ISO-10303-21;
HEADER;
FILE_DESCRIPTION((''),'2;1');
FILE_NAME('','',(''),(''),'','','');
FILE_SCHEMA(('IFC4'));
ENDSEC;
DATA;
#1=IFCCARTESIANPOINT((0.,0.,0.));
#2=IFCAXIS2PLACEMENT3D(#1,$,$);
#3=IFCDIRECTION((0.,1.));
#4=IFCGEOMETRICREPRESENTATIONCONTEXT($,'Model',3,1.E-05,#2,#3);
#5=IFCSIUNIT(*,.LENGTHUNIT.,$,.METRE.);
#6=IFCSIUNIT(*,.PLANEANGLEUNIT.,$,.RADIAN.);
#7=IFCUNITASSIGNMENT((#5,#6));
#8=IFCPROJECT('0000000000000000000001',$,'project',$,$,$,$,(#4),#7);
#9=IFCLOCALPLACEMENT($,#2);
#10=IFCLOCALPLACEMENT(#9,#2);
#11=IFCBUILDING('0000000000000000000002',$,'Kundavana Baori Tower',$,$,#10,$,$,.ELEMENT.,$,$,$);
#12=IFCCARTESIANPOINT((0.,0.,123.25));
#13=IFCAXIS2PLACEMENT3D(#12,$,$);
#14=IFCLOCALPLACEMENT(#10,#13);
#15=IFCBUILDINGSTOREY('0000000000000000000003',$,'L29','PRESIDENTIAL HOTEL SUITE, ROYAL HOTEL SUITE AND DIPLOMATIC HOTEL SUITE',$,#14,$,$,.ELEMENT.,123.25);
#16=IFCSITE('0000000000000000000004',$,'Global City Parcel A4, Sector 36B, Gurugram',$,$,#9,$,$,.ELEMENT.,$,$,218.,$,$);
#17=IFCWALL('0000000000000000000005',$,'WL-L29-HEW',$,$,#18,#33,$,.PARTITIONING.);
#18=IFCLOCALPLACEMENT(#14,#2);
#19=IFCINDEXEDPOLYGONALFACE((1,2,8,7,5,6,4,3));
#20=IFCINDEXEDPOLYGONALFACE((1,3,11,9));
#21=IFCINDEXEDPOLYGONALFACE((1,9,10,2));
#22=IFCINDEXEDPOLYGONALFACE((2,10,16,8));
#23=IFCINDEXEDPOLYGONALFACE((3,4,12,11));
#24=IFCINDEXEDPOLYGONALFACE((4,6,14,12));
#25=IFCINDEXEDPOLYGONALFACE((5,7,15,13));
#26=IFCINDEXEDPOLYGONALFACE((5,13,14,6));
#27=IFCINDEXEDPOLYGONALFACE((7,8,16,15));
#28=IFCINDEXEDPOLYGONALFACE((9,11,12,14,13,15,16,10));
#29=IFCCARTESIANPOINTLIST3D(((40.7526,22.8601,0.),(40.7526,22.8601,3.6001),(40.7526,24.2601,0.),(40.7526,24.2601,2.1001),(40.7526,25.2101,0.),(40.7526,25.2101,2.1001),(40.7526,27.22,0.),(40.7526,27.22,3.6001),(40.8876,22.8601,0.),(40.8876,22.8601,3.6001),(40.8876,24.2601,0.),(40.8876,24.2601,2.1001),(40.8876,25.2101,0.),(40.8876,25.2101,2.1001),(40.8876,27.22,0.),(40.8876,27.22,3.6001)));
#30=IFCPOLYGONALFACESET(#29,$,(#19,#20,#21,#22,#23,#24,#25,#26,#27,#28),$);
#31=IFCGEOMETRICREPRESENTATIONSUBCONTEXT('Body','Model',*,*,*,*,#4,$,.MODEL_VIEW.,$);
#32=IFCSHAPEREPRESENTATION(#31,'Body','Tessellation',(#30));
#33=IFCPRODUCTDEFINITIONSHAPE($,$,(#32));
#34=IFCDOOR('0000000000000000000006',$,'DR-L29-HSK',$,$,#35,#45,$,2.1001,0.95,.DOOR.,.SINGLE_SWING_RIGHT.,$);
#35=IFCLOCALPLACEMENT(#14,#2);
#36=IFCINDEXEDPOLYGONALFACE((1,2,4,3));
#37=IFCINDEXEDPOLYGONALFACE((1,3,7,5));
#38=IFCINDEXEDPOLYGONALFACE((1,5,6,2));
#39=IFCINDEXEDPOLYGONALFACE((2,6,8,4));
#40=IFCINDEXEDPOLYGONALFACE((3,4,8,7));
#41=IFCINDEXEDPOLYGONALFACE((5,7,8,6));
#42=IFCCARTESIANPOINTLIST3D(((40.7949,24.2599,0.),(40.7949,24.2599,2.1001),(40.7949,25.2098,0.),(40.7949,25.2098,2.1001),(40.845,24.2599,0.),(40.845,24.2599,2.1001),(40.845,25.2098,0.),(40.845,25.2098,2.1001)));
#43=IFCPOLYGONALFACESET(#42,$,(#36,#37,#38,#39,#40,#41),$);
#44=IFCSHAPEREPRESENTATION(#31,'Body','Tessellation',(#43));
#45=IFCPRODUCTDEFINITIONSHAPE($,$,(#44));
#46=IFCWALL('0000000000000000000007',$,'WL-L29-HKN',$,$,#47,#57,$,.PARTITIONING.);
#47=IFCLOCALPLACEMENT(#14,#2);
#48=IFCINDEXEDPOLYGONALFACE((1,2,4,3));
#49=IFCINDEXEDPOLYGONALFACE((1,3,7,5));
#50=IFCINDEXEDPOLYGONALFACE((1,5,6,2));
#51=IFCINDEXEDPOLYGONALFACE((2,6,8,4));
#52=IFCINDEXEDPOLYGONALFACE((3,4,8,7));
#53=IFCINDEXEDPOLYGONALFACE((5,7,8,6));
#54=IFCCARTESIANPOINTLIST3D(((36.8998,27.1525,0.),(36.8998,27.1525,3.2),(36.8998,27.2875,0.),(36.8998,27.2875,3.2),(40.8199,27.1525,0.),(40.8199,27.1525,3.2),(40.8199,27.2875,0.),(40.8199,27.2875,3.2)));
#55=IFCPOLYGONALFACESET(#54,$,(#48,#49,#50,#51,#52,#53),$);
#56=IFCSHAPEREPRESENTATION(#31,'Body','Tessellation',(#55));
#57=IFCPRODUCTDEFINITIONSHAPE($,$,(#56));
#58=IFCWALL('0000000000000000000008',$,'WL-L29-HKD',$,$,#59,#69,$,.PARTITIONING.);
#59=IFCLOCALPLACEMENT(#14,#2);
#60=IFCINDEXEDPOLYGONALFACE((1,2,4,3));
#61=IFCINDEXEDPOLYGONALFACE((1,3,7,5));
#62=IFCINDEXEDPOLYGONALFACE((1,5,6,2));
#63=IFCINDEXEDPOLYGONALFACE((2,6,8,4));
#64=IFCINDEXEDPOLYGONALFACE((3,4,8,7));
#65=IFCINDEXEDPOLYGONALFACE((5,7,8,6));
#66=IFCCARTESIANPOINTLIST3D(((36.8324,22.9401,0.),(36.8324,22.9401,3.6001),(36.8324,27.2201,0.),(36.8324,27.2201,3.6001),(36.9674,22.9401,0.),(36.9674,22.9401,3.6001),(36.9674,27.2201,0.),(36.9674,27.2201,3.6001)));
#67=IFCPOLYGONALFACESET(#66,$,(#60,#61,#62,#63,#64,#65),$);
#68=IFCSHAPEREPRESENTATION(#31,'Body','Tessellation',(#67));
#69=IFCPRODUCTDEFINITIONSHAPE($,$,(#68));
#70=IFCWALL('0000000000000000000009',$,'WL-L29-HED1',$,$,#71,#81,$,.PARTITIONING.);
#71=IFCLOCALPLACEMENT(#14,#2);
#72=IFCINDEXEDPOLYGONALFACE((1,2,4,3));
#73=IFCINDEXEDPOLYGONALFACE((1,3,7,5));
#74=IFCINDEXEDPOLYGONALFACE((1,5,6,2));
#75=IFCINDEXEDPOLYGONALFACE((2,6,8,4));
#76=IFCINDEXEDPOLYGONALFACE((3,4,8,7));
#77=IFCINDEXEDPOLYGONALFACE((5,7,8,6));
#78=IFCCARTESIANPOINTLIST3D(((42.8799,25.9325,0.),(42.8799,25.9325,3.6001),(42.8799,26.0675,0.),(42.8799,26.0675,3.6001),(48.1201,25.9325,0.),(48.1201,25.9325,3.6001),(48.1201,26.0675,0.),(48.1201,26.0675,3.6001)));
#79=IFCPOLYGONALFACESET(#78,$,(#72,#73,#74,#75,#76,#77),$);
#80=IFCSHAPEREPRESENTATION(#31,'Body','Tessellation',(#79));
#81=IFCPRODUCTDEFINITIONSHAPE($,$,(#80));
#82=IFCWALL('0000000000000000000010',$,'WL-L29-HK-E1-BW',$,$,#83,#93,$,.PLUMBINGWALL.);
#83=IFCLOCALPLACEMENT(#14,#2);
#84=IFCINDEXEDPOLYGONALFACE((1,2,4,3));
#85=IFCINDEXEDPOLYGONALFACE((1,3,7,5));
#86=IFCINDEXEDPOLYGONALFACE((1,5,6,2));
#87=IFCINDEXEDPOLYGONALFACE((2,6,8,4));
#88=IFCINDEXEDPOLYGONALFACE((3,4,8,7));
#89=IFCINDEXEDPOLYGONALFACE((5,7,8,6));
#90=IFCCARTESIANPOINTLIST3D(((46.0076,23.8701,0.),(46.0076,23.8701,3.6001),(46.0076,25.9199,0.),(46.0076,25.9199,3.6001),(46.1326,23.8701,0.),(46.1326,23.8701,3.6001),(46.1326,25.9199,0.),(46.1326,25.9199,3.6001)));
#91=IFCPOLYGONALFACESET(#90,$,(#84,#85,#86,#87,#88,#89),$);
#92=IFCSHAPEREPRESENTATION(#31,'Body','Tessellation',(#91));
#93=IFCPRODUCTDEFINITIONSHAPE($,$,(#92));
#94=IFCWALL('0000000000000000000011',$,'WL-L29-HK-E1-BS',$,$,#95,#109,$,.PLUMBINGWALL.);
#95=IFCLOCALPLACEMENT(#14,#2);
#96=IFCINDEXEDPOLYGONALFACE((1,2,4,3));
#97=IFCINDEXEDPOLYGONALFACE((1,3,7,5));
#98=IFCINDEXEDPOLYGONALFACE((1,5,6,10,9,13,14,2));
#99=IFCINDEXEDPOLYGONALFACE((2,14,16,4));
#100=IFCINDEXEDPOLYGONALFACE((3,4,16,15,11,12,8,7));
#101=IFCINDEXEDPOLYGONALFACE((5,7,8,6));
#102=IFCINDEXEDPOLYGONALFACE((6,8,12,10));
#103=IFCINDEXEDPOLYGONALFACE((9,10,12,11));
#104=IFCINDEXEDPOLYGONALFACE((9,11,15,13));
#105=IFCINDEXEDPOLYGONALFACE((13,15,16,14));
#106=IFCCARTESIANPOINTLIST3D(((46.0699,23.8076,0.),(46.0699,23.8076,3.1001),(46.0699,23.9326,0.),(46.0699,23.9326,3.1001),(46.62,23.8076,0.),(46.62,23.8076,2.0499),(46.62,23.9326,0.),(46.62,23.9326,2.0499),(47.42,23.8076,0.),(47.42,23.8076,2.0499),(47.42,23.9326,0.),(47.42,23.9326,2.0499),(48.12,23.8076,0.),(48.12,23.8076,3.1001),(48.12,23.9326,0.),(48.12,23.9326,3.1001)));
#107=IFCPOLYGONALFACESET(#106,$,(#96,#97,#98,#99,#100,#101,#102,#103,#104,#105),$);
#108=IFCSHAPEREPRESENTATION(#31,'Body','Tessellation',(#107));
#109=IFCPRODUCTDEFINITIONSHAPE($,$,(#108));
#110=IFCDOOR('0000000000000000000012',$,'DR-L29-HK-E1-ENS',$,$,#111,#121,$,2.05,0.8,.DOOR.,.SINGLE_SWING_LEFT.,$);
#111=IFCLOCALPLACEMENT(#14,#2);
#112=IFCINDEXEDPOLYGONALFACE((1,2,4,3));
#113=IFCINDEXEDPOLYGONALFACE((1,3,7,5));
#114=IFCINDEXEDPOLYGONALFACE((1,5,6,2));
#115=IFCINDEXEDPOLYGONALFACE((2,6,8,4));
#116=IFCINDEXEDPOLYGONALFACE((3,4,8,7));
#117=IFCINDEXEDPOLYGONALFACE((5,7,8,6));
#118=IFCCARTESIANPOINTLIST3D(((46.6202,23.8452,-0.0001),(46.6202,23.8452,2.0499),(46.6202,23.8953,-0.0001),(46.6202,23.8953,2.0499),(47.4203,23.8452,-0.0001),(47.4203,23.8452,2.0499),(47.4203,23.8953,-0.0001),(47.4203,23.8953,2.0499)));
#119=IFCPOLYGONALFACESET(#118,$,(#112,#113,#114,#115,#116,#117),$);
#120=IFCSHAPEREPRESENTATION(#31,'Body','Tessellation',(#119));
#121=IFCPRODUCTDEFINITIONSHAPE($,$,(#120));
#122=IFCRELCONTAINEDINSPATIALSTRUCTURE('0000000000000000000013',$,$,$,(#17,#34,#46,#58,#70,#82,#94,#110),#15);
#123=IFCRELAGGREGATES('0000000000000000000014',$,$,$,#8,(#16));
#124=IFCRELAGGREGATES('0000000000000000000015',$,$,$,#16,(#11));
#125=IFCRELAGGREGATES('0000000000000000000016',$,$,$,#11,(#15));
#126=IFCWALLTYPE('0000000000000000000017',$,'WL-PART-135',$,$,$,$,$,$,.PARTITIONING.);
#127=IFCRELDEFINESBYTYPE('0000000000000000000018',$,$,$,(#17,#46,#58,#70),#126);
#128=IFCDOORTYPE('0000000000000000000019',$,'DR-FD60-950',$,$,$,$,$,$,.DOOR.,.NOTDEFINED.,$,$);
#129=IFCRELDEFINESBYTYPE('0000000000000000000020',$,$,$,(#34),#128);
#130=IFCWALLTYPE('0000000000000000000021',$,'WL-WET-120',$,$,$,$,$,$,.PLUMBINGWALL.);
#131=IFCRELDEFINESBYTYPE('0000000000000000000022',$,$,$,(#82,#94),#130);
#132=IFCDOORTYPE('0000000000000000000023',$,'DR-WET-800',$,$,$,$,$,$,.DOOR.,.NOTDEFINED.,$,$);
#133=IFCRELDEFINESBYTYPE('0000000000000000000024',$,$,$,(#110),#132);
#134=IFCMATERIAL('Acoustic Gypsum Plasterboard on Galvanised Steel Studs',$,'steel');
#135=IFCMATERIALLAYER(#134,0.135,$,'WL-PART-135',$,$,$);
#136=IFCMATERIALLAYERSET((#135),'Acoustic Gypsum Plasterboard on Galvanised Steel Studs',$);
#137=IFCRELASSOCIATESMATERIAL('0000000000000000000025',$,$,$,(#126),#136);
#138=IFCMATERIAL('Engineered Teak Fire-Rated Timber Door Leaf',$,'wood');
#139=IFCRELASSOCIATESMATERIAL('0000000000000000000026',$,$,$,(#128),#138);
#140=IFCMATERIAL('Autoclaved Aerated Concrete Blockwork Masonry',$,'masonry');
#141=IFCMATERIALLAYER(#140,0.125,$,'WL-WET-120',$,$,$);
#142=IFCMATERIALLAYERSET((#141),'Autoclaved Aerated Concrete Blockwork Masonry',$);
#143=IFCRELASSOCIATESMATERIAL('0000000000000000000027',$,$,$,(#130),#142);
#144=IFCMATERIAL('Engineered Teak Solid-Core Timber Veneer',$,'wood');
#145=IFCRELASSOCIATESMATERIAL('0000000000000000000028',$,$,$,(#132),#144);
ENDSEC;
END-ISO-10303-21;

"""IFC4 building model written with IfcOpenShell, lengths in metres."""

from ifc_helpers import new_model, si_unit, direction, frame, frame_2d, origin, place, context, subcontext, project, spatial, rectangle, extrude, material, layer, layer_set, type_object, element, fill, save


model = new_model("IFC4")

# Units and contexts
model_context = context("Model", 3, precision=1e-05, world=origin(), true_north=direction((0.0, 1.0)))
body_context = subcontext(model_context, "Body", "Model", "MODEL_VIEW")
ifc_project = project(units=[si_unit("LENGTHUNIT", "METRE"), si_unit("PLANEANGLEUNIT", "RADIAN")], contexts=[model_context])

# Site, building, storey
site_placement = place(None, origin())
site = spatial("IfcSite", under=ifc_project, at=site_placement, Name="Global City Parcel A4, Sector 36B, Gurugram", CompositionType="ELEMENT", RefElevation=218.0)
building_placement = place(site_placement, origin())
building = spatial("IfcBuilding", under=site, at=building_placement, Name="Kundavana Baori Tower", CompositionType="ELEMENT")
storey_placement = place(building_placement, frame((0.0, 0.0, 123.25)))
storey = spatial("IfcBuildingStorey", under=building, at=storey_placement, Name="L29", Description="PRESIDENTIAL HOTEL SUITE, ROYAL HOTEL SUITE AND DIPLOMATIC HOTEL SUITE", CompositionType="ELEMENT", Elevation=123.25)

# Shared definitions
ifc_material_1 = material(Name="Acoustic Gypsum Plasterboard on Galvanised Steel Studs", Category="steel")
ifc_layer_1 = layer(ifc_material_1, 0.135, Name="WL-PART-135")
ifc_layer_set_1 = layer_set([ifc_layer_1], Name="Acoustic Gypsum Plasterboard on Galvanised Steel Studs")
wall_type_1 = type_object("IfcWallType", Name="WL-PART-135", PredefinedType="PARTITIONING", material=ifc_layer_set_1)
ifc_material_2 = material(Name="Engineered Teak Fire-Rated Timber Door Leaf", Category="wood")
door_type_1 = type_object("IfcDoorType", Name="DR-FD60-950", OperationType="NOTDEFINED", PredefinedType="DOOR", material=ifc_material_2)

# Wall, opening, door
wall_1_placement = place(storey_placement, frame((40.8201, 22.8601, 0.0), z_axis=(0.0, 0.0, 1.0), x_axis=(0.0, 1.0, 0.0)))
wall_1 = element("IfcWall", 1, at=wall_1_placement, inside=storey, type_object=wall_type_1, Name="WL-L29-HEW", PredefinedType="PARTITIONING", context=body_context, shape_type="SweptSolid", body=[
    extrude(rectangle(XDim=4.3599, YDim=0.135, at=frame_2d((2.1799, 0.0))), origin(), (0.0, 0.0, 1.0), 3.6001),
])
opening_1_placement = place(wall_1_placement, frame((1.3999, 0.0, 0.0)))
opening_1 = element("IfcOpeningElement", 2, at=opening_1_placement, cuts=wall_1, PredefinedType="OPENING", context=body_context, shape_type="SweptSolid", body=[
    extrude(rectangle(XDim=0.95, YDim=2.1001, at=frame_2d((0.4751, 1.05))), frame((0.0, 0.0776, 0.0), z_axis=(0.0, -1.0, 0.0), x_axis=(1.0, 0.0, 0.0)), (0.0, 0.0, 1.0), 0.155),
])
door_1_placement = place(opening_1_placement, frame((0.95, 0.0, 0.0), z_axis=(0.0, 0.0, 1.0), x_axis=(-1.0, 0.0, 0.0)))
door_1 = element("IfcDoor", 3, at=door_1_placement, inside=storey, type_object=door_type_1, Name="DR-L29-HSK", OperationType="SINGLE_SWING_RIGHT", OverallHeight=2.1001, OverallWidth=0.95, PredefinedType="DOOR", context=body_context, shape_type="SweptSolid", body=[
    extrude(rectangle(XDim=0.95, YDim=2.1001, at=frame_2d((0.4751, 1.05))), frame((0.0, 0.0249, 0.0), z_axis=(0.0, -1.0, 0.0), x_axis=(1.0, 0.0, 0.0)), (0.0, 0.0, 1.0), 0.05),
])
fill(opening_1, door_1)

# Walls
wall_2_placement = place(storey_placement, frame((36.8999, 27.22, 0.0), z_axis=(0.0, 0.0, 1.0), x_axis=(1.0, 0.0, 0.0)))
element("IfcWall", 4, at=wall_2_placement, inside=storey, type_object=wall_type_1, Name="WL-L29-HKN", PredefinedType="PARTITIONING", context=body_context, shape_type="SweptSolid", body=[
    extrude(rectangle(XDim=3.9202, YDim=0.135, at=frame_2d((1.96, 0.0))), origin(), (0.0, 0.0, 1.0), 3.2),
])
wall_3_placement = place(storey_placement, frame((36.8999, 22.9399, 0.0), z_axis=(0.0, 0.0, 1.0), x_axis=(0.0, 1.0, 0.0)))
element("IfcWall", 5, at=wall_3_placement, inside=storey, type_object=wall_type_1, Name="WL-L29-HKD", PredefinedType="PARTITIONING", context=body_context, shape_type="SweptSolid", body=[
    extrude(rectangle(XDim=4.28, YDim=0.135, at=frame_2d((2.1401, 0.0))), origin(), (0.0, 0.0, 1.0), 3.6001),
])
wall_4_placement = place(storey_placement, frame((42.8799, 26.0, 0.0), z_axis=(0.0, 0.0, 1.0), x_axis=(1.0, 0.0, 0.0)))
element("IfcWall", 6, at=wall_4_placement, inside=storey, type_object=wall_type_1, Name="WL-L29-HED1", PredefinedType="PARTITIONING", context=body_context, shape_type="SweptSolid", body=[
    extrude(rectangle(XDim=5.2402, YDim=0.135, at=frame_2d((2.6201, 0.0))), origin(), (0.0, 0.0, 1.0), 3.6001),
])
ifc_material_3 = material(Name="Autoclaved Aerated Concrete Blockwork Masonry", Category="masonry")
ifc_layer_2 = layer(ifc_material_3, 0.125, Name="WL-WET-120")
ifc_layer_set_2 = layer_set([ifc_layer_2], Name="Autoclaved Aerated Concrete Blockwork Masonry")
wall_type_2 = type_object("IfcWallType", Name="WL-WET-120", PredefinedType="PLUMBINGWALL", material=ifc_layer_set_2)
wall_5_placement = place(storey_placement, frame((46.0701, 23.8701, 0.0), z_axis=(0.0, 0.0, 1.0), x_axis=(0.0, 1.0, 0.0)))
element("IfcWall", 7, at=wall_5_placement, inside=storey, type_object=wall_type_2, Name="WL-L29-HK-E1-BW", PredefinedType="PLUMBINGWALL", context=body_context, shape_type="SweptSolid", body=[
    extrude(rectangle(XDim=2.0498, YDim=0.125, at=frame_2d((1.0249, 0.0))), origin(), (0.0, 0.0, 1.0), 3.6001),
])

# Wall, opening, door
wall_6_placement = place(storey_placement, frame((46.0701, 23.8701, 0.0), z_axis=(0.0, 0.0, 1.0), x_axis=(1.0, 0.0, 0.0)))
wall_6 = element("IfcWall", 8, at=wall_6_placement, inside=storey, type_object=wall_type_2, Name="WL-L29-HK-E1-BS", PredefinedType="PLUMBINGWALL", context=body_context, shape_type="SweptSolid", body=[
    extrude(rectangle(XDim=2.05, YDim=0.125, at=frame_2d((1.0249, 0.0))), origin(), (0.0, 0.0, 1.0), 3.1001),
])
opening_2_placement = place(wall_6_placement, frame((0.55, 0.0, 0.0)))
opening_2 = element("IfcOpeningElement", 9, at=opening_2_placement, cuts=wall_6, PredefinedType="OPENING", context=body_context, shape_type="SweptSolid", body=[
    extrude(rectangle(XDim=0.8, YDim=2.05, at=frame_2d((0.3999, 1.0249))), frame((0.0, 0.0725, 0.0), z_axis=(0.0, -1.0, 0.0), x_axis=(1.0, 0.0, 0.0)), (0.0, 0.0, 1.0), 0.145),
])
ifc_material_4 = material(Name="Engineered Teak Solid-Core Timber Veneer", Category="wood")
door_type_2 = type_object("IfcDoorType", Name="DR-WET-800", OperationType="NOTDEFINED", PredefinedType="DOOR", material=ifc_material_4)
door_2_placement = place(opening_2_placement, frame((0.8, 0.0, 0.0), z_axis=(0.0, 0.0, 1.0), x_axis=(-1.0, 0.0, 0.0)))
door_2 = element("IfcDoor", 10, at=door_2_placement, inside=storey, type_object=door_type_2, Name="DR-L29-HK-E1-ENS", OperationType="SINGLE_SWING_LEFT", OverallHeight=2.05, OverallWidth=0.8, PredefinedType="DOOR", context=body_context, shape_type="SweptSolid", body=[
    extrude(rectangle(XDim=0.8, YDim=2.05, at=frame_2d((0.3999, 1.0249))), frame((0.0, 0.0249, 0.0), z_axis=(0.0, -1.0, 0.0), x_axis=(1.0, 0.0, 0.0)), (0.0, 0.0, 1.0), 0.05),
])
fill(opening_2, door_2)

save(model, "model.ifc")
